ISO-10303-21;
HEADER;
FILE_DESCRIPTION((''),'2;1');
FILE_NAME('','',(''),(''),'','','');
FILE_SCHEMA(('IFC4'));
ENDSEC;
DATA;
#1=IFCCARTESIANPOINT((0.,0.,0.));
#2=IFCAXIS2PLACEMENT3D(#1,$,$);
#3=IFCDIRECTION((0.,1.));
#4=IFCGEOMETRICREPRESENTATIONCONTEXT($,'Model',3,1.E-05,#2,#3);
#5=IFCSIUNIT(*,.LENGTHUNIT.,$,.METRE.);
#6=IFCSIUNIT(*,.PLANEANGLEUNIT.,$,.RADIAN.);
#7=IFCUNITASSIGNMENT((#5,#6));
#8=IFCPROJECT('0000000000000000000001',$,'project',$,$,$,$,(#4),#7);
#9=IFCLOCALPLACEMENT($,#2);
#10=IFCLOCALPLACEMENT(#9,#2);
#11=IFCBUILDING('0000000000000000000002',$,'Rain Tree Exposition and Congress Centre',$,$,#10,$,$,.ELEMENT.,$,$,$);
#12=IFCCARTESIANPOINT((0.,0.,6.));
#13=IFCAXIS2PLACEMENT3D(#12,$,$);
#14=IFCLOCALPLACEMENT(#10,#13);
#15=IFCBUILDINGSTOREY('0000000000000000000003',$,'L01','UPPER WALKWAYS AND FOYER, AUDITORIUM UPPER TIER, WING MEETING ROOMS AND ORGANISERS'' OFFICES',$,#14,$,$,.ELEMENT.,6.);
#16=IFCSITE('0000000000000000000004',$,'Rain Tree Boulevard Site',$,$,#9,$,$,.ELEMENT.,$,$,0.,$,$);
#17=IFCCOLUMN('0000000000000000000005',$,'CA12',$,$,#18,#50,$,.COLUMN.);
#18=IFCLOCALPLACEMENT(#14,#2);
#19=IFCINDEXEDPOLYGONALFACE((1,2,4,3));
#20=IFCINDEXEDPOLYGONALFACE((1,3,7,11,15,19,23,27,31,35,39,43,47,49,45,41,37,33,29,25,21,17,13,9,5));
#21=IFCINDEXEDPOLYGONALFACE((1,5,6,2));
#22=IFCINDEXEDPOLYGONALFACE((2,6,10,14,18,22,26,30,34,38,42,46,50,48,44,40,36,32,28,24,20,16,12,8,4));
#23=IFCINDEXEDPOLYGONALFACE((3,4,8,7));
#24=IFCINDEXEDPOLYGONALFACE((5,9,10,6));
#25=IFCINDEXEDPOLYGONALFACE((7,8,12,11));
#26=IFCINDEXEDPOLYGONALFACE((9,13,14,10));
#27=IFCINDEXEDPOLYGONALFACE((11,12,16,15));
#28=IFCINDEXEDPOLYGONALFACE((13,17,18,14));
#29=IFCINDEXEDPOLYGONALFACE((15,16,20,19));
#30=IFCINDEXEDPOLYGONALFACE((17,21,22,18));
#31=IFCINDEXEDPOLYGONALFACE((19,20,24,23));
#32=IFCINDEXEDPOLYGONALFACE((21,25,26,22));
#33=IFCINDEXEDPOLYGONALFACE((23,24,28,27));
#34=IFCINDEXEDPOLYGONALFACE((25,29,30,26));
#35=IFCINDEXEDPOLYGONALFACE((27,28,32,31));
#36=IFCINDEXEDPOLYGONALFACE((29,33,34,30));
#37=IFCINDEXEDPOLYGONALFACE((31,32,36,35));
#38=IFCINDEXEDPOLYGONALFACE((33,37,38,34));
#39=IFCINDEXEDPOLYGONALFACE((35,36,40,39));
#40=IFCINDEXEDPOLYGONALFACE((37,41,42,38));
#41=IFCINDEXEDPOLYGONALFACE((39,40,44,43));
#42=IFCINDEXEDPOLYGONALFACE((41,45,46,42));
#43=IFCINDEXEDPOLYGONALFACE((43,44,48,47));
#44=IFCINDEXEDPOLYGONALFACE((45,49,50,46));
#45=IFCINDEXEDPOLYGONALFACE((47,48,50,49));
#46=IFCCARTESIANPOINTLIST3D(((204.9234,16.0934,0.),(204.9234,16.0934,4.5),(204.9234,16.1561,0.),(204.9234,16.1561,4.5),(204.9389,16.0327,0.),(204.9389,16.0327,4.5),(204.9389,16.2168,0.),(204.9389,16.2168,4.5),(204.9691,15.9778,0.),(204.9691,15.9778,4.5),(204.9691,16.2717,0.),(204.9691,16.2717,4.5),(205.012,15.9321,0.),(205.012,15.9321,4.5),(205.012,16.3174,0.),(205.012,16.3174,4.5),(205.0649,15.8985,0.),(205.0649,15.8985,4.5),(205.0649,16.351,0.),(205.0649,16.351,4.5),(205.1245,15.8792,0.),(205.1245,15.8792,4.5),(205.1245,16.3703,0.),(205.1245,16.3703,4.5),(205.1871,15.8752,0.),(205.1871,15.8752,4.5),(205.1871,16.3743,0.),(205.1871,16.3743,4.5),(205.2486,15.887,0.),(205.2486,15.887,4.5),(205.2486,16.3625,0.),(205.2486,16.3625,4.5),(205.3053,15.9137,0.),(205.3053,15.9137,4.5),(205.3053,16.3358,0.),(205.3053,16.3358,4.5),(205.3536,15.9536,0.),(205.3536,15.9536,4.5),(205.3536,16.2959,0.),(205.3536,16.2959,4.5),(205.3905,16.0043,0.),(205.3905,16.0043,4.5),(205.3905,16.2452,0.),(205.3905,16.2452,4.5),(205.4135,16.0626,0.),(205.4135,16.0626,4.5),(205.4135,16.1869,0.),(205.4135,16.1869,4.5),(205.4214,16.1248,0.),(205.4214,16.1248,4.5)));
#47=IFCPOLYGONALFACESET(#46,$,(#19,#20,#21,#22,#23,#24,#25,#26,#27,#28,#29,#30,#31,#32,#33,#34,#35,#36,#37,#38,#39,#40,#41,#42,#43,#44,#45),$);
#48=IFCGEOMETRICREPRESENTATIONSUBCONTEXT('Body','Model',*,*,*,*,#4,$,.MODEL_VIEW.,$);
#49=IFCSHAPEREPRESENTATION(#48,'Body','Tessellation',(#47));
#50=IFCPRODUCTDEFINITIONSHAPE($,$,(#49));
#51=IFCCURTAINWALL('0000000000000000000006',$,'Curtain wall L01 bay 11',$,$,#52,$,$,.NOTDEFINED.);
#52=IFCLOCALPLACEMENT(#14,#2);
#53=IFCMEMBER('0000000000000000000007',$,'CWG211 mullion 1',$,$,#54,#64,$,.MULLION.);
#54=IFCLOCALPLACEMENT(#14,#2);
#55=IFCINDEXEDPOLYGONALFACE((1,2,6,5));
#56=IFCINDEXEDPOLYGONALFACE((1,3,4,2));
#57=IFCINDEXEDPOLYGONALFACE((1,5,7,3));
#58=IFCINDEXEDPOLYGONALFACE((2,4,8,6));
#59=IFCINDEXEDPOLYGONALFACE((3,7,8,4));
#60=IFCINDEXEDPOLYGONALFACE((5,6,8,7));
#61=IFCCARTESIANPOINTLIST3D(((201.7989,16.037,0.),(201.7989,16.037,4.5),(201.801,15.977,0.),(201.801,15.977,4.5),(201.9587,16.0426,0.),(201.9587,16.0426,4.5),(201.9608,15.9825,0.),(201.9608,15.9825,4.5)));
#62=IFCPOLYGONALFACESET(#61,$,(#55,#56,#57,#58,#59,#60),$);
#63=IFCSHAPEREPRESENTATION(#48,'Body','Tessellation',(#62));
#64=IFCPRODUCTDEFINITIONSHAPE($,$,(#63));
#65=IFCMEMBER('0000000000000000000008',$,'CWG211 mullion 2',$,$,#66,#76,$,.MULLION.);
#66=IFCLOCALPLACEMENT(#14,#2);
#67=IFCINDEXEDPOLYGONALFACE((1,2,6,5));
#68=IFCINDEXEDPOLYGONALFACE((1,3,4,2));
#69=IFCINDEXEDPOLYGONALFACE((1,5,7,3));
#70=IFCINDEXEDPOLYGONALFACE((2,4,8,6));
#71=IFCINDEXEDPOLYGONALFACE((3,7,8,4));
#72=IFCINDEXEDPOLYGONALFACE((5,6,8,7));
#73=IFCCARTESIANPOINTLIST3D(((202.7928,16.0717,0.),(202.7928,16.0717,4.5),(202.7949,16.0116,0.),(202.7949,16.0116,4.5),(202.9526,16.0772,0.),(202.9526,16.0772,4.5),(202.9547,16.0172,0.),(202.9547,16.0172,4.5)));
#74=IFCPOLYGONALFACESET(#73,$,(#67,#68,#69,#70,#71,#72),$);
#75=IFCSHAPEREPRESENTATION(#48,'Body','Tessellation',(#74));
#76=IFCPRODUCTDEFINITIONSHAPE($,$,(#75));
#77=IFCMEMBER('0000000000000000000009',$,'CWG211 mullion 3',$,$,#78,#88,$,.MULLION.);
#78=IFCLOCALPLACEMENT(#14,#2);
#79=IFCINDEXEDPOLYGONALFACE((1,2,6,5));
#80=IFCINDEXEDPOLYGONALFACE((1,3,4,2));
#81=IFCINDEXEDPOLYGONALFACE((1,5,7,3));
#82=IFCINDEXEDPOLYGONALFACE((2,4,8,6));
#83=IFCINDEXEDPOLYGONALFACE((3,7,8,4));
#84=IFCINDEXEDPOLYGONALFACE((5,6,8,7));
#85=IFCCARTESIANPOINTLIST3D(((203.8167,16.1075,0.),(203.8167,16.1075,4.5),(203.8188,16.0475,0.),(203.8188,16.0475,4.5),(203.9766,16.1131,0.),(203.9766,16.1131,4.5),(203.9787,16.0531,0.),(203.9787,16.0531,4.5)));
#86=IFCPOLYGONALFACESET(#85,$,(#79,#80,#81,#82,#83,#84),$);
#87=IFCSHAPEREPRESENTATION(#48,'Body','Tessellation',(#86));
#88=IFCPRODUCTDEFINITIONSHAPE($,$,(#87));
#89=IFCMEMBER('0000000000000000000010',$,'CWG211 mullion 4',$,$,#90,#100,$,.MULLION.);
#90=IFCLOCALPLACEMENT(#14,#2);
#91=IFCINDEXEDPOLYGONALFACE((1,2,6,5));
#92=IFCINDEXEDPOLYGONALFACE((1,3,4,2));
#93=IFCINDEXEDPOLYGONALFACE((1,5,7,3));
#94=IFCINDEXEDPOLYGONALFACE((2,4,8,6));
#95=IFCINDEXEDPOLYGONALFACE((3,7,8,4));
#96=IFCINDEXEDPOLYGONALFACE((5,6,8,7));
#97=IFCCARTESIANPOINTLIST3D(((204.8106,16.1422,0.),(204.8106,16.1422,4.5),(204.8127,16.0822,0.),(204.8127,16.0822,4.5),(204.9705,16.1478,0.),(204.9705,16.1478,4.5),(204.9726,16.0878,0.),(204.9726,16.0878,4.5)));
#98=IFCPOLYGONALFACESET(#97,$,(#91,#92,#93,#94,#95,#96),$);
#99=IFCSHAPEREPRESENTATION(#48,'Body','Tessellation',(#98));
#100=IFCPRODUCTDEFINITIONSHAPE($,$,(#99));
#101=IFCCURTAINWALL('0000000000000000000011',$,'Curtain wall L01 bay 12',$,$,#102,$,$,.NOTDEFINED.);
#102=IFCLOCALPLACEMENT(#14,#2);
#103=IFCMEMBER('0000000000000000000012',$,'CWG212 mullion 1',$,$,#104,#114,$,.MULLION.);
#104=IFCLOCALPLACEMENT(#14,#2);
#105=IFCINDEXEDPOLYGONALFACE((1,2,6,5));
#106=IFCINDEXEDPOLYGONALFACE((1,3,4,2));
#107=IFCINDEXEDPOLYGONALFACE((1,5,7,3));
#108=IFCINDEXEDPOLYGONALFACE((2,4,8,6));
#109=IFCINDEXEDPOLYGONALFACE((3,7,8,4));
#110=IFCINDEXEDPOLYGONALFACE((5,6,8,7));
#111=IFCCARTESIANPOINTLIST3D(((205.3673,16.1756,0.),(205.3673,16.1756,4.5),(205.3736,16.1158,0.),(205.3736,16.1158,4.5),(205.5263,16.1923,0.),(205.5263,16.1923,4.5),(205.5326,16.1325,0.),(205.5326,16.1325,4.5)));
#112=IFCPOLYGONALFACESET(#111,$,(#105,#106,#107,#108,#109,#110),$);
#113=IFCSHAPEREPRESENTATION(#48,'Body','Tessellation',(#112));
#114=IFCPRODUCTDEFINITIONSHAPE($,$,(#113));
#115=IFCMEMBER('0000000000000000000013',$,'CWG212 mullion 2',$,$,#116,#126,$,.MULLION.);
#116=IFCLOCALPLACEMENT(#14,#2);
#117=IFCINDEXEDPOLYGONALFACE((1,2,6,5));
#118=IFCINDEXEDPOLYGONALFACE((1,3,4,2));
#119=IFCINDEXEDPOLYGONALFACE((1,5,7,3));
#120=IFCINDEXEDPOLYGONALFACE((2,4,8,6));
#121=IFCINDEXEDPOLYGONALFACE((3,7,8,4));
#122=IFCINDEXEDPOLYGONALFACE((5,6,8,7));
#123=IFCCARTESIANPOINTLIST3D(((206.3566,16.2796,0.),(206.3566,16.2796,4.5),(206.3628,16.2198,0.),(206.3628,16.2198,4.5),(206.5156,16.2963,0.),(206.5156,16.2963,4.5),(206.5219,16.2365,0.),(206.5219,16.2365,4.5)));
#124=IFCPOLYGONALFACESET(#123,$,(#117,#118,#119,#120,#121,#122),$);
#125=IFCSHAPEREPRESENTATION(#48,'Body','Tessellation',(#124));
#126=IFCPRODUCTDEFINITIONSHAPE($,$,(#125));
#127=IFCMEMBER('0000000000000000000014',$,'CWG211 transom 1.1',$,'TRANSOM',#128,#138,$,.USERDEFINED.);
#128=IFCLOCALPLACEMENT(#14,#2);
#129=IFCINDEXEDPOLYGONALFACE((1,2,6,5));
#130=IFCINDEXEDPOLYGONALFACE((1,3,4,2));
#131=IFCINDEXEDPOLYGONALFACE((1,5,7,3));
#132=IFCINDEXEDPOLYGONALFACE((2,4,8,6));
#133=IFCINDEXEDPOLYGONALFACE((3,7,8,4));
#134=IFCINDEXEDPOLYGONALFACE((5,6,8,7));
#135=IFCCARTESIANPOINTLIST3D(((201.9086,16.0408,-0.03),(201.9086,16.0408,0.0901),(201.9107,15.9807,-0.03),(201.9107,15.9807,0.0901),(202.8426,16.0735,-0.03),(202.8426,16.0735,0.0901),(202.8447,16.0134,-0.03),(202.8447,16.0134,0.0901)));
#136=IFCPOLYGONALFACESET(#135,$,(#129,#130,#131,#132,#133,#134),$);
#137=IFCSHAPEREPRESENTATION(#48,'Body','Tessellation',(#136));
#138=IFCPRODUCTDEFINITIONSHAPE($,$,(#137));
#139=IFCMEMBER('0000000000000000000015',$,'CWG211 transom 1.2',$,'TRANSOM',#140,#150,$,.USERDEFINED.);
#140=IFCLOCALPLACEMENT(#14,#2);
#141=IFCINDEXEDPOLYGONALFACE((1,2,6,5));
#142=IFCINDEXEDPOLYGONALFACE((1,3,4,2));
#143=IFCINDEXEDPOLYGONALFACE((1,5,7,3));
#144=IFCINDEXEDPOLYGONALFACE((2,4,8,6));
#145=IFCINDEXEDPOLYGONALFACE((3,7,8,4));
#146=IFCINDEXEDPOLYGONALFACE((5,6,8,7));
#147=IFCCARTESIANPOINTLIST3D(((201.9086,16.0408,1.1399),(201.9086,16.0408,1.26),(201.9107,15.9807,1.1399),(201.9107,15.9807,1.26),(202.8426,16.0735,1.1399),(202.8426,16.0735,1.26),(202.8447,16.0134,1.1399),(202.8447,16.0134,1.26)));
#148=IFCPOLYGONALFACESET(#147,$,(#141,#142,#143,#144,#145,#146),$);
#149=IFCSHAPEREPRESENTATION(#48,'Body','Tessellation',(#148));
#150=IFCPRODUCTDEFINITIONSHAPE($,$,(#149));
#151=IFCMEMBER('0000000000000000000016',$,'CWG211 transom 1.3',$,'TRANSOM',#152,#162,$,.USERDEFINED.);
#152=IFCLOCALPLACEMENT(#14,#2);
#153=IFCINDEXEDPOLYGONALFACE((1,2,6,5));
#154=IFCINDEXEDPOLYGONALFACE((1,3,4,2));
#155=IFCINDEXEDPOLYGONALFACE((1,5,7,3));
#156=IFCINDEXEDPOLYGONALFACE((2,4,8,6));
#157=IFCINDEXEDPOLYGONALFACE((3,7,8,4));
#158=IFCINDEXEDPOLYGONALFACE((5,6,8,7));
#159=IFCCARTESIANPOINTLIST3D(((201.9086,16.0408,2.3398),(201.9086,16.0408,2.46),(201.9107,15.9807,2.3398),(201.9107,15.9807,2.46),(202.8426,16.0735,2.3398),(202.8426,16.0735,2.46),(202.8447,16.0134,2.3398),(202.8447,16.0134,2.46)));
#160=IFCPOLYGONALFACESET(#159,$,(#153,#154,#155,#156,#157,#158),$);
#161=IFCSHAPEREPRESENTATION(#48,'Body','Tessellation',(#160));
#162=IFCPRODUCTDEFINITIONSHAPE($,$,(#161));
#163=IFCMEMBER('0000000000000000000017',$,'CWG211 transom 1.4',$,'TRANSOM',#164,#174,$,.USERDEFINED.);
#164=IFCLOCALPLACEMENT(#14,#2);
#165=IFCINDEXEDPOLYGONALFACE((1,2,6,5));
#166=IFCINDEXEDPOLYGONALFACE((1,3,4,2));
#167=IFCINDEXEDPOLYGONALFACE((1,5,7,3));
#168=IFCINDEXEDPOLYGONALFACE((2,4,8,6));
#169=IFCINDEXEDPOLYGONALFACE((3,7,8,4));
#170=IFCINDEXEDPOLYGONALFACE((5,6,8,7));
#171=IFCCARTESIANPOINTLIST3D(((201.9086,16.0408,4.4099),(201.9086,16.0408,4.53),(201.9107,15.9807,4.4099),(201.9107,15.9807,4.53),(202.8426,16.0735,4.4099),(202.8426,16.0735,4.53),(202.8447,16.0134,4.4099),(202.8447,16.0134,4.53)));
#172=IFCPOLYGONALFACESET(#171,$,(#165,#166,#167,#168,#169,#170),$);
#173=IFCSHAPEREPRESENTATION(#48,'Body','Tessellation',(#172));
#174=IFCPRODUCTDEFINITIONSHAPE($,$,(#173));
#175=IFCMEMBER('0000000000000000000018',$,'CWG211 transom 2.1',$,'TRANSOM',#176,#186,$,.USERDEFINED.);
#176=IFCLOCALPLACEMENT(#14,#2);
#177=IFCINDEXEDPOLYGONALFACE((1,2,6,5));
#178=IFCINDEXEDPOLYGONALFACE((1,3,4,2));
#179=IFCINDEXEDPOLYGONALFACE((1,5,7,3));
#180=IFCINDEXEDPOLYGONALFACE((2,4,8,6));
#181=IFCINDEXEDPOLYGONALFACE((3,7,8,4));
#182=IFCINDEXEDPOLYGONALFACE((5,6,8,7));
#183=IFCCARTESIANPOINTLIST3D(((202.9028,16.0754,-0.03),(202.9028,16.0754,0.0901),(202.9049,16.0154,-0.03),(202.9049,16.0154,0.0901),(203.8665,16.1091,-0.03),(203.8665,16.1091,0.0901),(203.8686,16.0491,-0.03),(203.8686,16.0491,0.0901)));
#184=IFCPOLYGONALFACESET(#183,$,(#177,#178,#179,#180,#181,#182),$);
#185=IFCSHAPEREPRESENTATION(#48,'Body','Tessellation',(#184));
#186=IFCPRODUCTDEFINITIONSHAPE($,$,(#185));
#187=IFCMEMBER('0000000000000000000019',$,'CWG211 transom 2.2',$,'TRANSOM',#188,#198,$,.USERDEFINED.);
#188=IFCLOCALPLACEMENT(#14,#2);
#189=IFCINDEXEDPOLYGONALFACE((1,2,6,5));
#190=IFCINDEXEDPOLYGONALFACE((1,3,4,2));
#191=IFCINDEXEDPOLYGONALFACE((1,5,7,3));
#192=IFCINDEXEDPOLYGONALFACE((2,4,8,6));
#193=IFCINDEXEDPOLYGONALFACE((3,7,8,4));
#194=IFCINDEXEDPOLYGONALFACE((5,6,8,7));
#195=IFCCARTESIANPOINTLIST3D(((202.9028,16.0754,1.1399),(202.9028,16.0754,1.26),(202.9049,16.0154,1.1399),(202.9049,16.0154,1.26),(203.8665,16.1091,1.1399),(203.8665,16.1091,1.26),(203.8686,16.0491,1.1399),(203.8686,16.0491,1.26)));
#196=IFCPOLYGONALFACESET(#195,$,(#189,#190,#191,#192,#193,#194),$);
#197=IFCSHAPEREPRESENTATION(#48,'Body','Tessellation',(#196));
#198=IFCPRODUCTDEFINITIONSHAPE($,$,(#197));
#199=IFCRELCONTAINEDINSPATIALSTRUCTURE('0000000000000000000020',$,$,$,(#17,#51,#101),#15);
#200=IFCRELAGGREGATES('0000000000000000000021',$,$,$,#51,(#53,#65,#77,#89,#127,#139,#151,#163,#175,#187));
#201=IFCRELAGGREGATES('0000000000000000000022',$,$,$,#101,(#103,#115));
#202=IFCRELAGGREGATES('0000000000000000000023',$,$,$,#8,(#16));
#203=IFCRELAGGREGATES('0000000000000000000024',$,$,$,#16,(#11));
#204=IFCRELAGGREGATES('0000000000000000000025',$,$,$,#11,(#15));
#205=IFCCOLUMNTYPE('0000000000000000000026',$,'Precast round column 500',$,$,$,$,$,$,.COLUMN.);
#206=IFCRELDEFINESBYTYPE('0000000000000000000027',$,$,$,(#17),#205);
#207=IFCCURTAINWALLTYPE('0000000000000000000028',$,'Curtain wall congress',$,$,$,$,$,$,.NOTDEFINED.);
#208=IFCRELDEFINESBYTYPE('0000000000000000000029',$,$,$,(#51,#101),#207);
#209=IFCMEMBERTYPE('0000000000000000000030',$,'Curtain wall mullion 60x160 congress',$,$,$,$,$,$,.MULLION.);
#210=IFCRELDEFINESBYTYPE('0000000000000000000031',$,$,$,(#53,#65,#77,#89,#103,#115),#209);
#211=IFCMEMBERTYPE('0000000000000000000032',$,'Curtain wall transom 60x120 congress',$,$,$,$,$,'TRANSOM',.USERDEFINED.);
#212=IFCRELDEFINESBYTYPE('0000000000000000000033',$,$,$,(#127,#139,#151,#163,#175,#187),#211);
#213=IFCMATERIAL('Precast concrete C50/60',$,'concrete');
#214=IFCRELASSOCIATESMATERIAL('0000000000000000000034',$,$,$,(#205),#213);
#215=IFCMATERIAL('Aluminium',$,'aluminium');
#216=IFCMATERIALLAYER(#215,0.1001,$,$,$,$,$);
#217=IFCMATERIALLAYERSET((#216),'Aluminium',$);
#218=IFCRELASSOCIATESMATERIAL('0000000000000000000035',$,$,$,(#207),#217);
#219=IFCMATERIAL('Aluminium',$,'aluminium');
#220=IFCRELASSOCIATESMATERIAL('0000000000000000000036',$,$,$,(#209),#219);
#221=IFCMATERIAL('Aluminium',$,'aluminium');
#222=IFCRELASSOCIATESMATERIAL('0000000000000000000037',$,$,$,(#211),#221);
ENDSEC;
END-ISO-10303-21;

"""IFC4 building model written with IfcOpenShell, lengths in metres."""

from ifc_helpers import new_model, si_unit, direction, frame, origin, origin_2d, place, context, subcontext, project, spatial, rectangle, circle, extrude, material, layer, layer_set, material_profile, profile_set, type_object, element, aggregate, save


model = new_model("IFC4")

# Units and contexts
model_context = context("Model", 3, precision=1e-05, world=origin(), true_north=direction((0.0, 1.0)))
body_context = subcontext(model_context, "Body", "Model", "MODEL_VIEW")
ifc_project = project(units=[si_unit("LENGTHUNIT", "METRE"), si_unit("PLANEANGLEUNIT", "RADIAN")], contexts=[model_context])

# Site, building, storey
site_placement = place(None, origin())
site = spatial("IfcSite", under=ifc_project, at=site_placement, Name="Rain Tree Boulevard Site", CompositionType="ELEMENT", RefElevation=0.0)
building_placement = place(site_placement, origin())
building = spatial("IfcBuilding", under=site, at=building_placement, Name="Rain Tree Exposition and Congress Centre", CompositionType="ELEMENT")
storey_placement = place(building_placement, frame((0.0, 0.0, 6.0)))
storey = spatial("IfcBuildingStorey", under=building, at=storey_placement, Name="L01", Description="UPPER WALKWAYS AND FOYER, AUDITORIUM UPPER TIER, WING MEETING ROOMS AND ORGANISERS' OFFICES", CompositionType="ELEMENT", Elevation=6.0)

# Column
ifc_material_1 = material(Name="Precast concrete C50/60", Category="concrete")
ifc_material_profile_1 = material_profile(ifc_material_1, circle(Radius=0.25, at=origin_2d()), Name="RC D500")
ifc_profile_set_1 = profile_set([ifc_material_profile_1], Name="Precast concrete C50/60")
column_type = type_object("IfcColumnType", Name="Precast round column 500", PredefinedType="COLUMN", material=ifc_profile_set_1)
column_placement = place(storey_placement, frame((205.1714, 16.1248, 0.0), z_axis=(0.0, 0.0, 1.0), x_axis=(1.0, 0.0, 0.0)))
element("IfcColumn", 1, at=column_placement, inside=storey, type_object=column_type, Name="CA12", PredefinedType="COLUMN", context=body_context, shape_type="SweptSolid", body=[
    extrude(circle(Radius=0.25, at=origin_2d()), origin(), (0.0, 0.0, 1.0), 4.5),
])

# Curtain walls, members
ifc_material_2 = material(Name="Aluminium", Category="aluminium")
ifc_layer_1 = layer(ifc_material_2, 0.1001)
ifc_layer_set_1 = layer_set([ifc_layer_1], Name="Aluminium")
curtain_wall_type = type_object("IfcCurtainWallType", Name="Curtain wall congress", PredefinedType="NOTDEFINED", material=ifc_layer_set_1)
curtain_wall_1_placement = place(storey_placement, origin())
curtain_wall_1 = element("IfcCurtainWall", 2, at=curtain_wall_1_placement, inside=storey, type_object=curtain_wall_type, Name="Curtain wall L01 bay 11", PredefinedType="NOTDEFINED")
ifc_material_3 = material(Name="Aluminium", Category="aluminium")
ifc_material_profile_2 = material_profile(ifc_material_3, rectangle(XDim=0.0601, YDim=0.1599, at=origin_2d()), Name="AL 60x160")
ifc_profile_set_2 = profile_set([ifc_material_profile_2], Name="Aluminium")
member_type_1 = type_object("IfcMemberType", Name="Curtain wall mullion 60x160 congress", PredefinedType="MULLION", material=ifc_profile_set_2)
member_1_placement = place(storey_placement, frame((201.8799, 16.0098, 0.0), z_axis=(0.0, 0.0, 1.0), x_axis=(-0.034908, 0.999391, 0.0)))
member_1 = element("IfcMember", 3, at=member_1_placement, type_object=member_type_1, Name="CWG211 mullion 1", PredefinedType="MULLION", context=body_context, shape_type="SweptSolid", body=[
    extrude(rectangle(XDim=0.0601, YDim=0.1599, at=origin_2d()), origin(), (0.0, 0.0, 1.0), 4.5),
])
member_2_placement = place(storey_placement, frame((202.8738, 16.0444, 0.0), z_axis=(0.0, 0.0, 1.0), x_axis=(-0.034908, 0.999391, 0.0)))
member_2 = element("IfcMember", 4, at=member_2_placement, type_object=member_type_1, Name="CWG211 mullion 2", PredefinedType="MULLION", context=body_context, shape_type="SweptSolid", body=[
    extrude(rectangle(XDim=0.0601, YDim=0.1599, at=origin_2d()), origin(), (0.0, 0.0, 1.0), 4.5),
])
member_3_placement = place(storey_placement, frame((203.8977, 16.0803, 0.0), z_axis=(0.0, 0.0, 1.0), x_axis=(-0.034908, 0.999391, 0.0)))
member_3 = element("IfcMember", 5, at=member_3_placement, type_object=member_type_1, Name="CWG211 mullion 3", PredefinedType="MULLION", context=body_context, shape_type="SweptSolid", body=[
    extrude(rectangle(XDim=0.0601, YDim=0.1599, at=origin_2d()), origin(), (0.0, 0.0, 1.0), 4.5),
])
member_4_placement = place(storey_placement, frame((204.8916, 16.115, 0.0), z_axis=(0.0, 0.0, 1.0), x_axis=(-0.034908, 0.999391, 0.0)))
member_4 = element("IfcMember", 6, at=member_4_placement, type_object=member_type_1, Name="CWG211 mullion 4", PredefinedType="MULLION", context=body_context, shape_type="SweptSolid", body=[
    extrude(rectangle(XDim=0.0601, YDim=0.1599, at=origin_2d()), origin(), (0.0, 0.0, 1.0), 4.5),
])
curtain_wall_2_placement = place(storey_placement, origin())
curtain_wall_2 = element("IfcCurtainWall", 7, at=curtain_wall_2_placement, inside=storey, type_object=curtain_wall_type, Name="Curtain wall L01 bay 12", PredefinedType="NOTDEFINED")
member_5_placement = place(storey_placement, frame((205.45, 16.1541, 0.0), z_axis=(0.0, 0.0, 1.0), x_axis=(-0.104502, 0.994525, 0.0)))
member_5 = element("IfcMember", 8, at=member_5_placement, type_object=member_type_1, Name="CWG212 mullion 1", PredefinedType="MULLION", context=body_context, shape_type="SweptSolid", body=[
    extrude(rectangle(XDim=0.0601, YDim=0.1599, at=origin_2d()), origin(), (0.0, 0.0, 1.0), 4.5),
])
member_6_placement = place(storey_placement, frame((206.4392, 16.2581, 0.0), z_axis=(0.0, 0.0, 1.0), x_axis=(-0.104502, 0.994525, 0.0)))
member_6 = element("IfcMember", 9, at=member_6_placement, type_object=member_type_1, Name="CWG212 mullion 2", PredefinedType="MULLION", context=body_context, shape_type="SweptSolid", body=[
    extrude(rectangle(XDim=0.0601, YDim=0.1599, at=origin_2d()), origin(), (0.0, 0.0, 1.0), 4.5),
])

# Members
ifc_material_4 = material(Name="Aluminium", Category="aluminium")
ifc_material_profile_3 = material_profile(ifc_material_4, rectangle(XDim=0.0601, YDim=0.1201, at=origin_2d()), Name="AL 60x120")
ifc_profile_set_3 = profile_set([ifc_material_profile_3], Name="Aluminium")
member_type_2 = type_object("IfcMemberType", Name="Curtain wall transom 60x120 congress", ElementType="TRANSOM", PredefinedType="USERDEFINED", material=ifc_profile_set_3)
member_7_placement = place(storey_placement, frame((201.9097, 16.0107, 0.03), z_axis=(0.999387, 0.035002, 0.0), x_axis=(-0.035002, 0.999387, 0.0)))
member_7 = element("IfcMember", 10, at=member_7_placement, type_object=member_type_2, Name="CWG211 transom 1.1", ObjectType="TRANSOM", PredefinedType="USERDEFINED", context=body_context, shape_type="SweptSolid", body=[
    extrude(rectangle(XDim=0.0601, YDim=0.1201, at=origin_2d()), origin(), (0.0, 0.0, 1.0), 0.9346),
])
member_8_placement = place(storey_placement, frame((201.9097, 16.0107, 1.2), z_axis=(0.999387, 0.035002, 0.0), x_axis=(-0.035002, 0.999387, 0.0)))
member_8 = element("IfcMember", 11, at=member_8_placement, type_object=member_type_2, Name="CWG211 transom 1.2", ObjectType="TRANSOM", PredefinedType="USERDEFINED", context=body_context, shape_type="SweptSolid", body=[
    extrude(rectangle(XDim=0.0601, YDim=0.1201, at=origin_2d()), origin(), (0.0, 0.0, 1.0), 0.9346),
])
member_9_placement = place(storey_placement, frame((201.9097, 16.0107, 2.3999), z_axis=(0.999387, 0.035002, 0.0), x_axis=(-0.035002, 0.999387, 0.0)))
member_9 = element("IfcMember", 12, at=member_9_placement, type_object=member_type_2, Name="CWG211 transom 1.3", ObjectType="TRANSOM", PredefinedType="USERDEFINED", context=body_context, shape_type="SweptSolid", body=[
    extrude(rectangle(XDim=0.0601, YDim=0.1201, at=origin_2d()), origin(), (0.0, 0.0, 1.0), 0.9346),
])
member_10_placement = place(storey_placement, frame((201.9097, 16.0107, 4.47), z_axis=(0.999387, 0.035002, 0.0), x_axis=(-0.035002, 0.999387, 0.0)))
member_10 = element("IfcMember", 13, at=member_10_placement, type_object=member_type_2, Name="CWG211 transom 1.4", ObjectType="TRANSOM", PredefinedType="USERDEFINED", context=body_context, shape_type="SweptSolid", body=[
    extrude(rectangle(XDim=0.0601, YDim=0.1201, at=origin_2d()), origin(), (0.0, 0.0, 1.0), 0.9346),
])
member_11_placement = place(storey_placement, frame((202.9038, 16.0454, 0.03), z_axis=(0.99939, 0.034933, 0.0), x_axis=(-0.034933, 0.99939, 0.0)))
member_11 = element("IfcMember", 14, at=member_11_placement, type_object=member_type_2, Name="CWG211 transom 2.1", ObjectType="TRANSOM", PredefinedType="USERDEFINED", context=body_context, shape_type="SweptSolid", body=[
    extrude(rectangle(XDim=0.0601, YDim=0.1201, at=origin_2d()), origin(), (0.0, 0.0, 1.0), 0.9644),
])
member_12_placement = place(storey_placement, frame((202.9038, 16.0454, 1.2), z_axis=(0.99939, 0.034933, 0.0), x_axis=(-0.034933, 0.99939, 0.0)))
member_12 = element("IfcMember", 15, at=member_12_placement, type_object=member_type_2, Name="CWG211 transom 2.2", ObjectType="TRANSOM", PredefinedType="USERDEFINED", context=body_context, shape_type="SweptSolid", body=[
    extrude(rectangle(XDim=0.0601, YDim=0.1201, at=origin_2d()), origin(), (0.0, 0.0, 1.0), 0.9644),
])

aggregate(curtain_wall_1, [member_1, member_2, member_3, member_4, member_7, member_8, member_9, member_10, member_11, member_12])
aggregate(curtain_wall_2, [member_5, member_6])

save(model, "model.ifc")
